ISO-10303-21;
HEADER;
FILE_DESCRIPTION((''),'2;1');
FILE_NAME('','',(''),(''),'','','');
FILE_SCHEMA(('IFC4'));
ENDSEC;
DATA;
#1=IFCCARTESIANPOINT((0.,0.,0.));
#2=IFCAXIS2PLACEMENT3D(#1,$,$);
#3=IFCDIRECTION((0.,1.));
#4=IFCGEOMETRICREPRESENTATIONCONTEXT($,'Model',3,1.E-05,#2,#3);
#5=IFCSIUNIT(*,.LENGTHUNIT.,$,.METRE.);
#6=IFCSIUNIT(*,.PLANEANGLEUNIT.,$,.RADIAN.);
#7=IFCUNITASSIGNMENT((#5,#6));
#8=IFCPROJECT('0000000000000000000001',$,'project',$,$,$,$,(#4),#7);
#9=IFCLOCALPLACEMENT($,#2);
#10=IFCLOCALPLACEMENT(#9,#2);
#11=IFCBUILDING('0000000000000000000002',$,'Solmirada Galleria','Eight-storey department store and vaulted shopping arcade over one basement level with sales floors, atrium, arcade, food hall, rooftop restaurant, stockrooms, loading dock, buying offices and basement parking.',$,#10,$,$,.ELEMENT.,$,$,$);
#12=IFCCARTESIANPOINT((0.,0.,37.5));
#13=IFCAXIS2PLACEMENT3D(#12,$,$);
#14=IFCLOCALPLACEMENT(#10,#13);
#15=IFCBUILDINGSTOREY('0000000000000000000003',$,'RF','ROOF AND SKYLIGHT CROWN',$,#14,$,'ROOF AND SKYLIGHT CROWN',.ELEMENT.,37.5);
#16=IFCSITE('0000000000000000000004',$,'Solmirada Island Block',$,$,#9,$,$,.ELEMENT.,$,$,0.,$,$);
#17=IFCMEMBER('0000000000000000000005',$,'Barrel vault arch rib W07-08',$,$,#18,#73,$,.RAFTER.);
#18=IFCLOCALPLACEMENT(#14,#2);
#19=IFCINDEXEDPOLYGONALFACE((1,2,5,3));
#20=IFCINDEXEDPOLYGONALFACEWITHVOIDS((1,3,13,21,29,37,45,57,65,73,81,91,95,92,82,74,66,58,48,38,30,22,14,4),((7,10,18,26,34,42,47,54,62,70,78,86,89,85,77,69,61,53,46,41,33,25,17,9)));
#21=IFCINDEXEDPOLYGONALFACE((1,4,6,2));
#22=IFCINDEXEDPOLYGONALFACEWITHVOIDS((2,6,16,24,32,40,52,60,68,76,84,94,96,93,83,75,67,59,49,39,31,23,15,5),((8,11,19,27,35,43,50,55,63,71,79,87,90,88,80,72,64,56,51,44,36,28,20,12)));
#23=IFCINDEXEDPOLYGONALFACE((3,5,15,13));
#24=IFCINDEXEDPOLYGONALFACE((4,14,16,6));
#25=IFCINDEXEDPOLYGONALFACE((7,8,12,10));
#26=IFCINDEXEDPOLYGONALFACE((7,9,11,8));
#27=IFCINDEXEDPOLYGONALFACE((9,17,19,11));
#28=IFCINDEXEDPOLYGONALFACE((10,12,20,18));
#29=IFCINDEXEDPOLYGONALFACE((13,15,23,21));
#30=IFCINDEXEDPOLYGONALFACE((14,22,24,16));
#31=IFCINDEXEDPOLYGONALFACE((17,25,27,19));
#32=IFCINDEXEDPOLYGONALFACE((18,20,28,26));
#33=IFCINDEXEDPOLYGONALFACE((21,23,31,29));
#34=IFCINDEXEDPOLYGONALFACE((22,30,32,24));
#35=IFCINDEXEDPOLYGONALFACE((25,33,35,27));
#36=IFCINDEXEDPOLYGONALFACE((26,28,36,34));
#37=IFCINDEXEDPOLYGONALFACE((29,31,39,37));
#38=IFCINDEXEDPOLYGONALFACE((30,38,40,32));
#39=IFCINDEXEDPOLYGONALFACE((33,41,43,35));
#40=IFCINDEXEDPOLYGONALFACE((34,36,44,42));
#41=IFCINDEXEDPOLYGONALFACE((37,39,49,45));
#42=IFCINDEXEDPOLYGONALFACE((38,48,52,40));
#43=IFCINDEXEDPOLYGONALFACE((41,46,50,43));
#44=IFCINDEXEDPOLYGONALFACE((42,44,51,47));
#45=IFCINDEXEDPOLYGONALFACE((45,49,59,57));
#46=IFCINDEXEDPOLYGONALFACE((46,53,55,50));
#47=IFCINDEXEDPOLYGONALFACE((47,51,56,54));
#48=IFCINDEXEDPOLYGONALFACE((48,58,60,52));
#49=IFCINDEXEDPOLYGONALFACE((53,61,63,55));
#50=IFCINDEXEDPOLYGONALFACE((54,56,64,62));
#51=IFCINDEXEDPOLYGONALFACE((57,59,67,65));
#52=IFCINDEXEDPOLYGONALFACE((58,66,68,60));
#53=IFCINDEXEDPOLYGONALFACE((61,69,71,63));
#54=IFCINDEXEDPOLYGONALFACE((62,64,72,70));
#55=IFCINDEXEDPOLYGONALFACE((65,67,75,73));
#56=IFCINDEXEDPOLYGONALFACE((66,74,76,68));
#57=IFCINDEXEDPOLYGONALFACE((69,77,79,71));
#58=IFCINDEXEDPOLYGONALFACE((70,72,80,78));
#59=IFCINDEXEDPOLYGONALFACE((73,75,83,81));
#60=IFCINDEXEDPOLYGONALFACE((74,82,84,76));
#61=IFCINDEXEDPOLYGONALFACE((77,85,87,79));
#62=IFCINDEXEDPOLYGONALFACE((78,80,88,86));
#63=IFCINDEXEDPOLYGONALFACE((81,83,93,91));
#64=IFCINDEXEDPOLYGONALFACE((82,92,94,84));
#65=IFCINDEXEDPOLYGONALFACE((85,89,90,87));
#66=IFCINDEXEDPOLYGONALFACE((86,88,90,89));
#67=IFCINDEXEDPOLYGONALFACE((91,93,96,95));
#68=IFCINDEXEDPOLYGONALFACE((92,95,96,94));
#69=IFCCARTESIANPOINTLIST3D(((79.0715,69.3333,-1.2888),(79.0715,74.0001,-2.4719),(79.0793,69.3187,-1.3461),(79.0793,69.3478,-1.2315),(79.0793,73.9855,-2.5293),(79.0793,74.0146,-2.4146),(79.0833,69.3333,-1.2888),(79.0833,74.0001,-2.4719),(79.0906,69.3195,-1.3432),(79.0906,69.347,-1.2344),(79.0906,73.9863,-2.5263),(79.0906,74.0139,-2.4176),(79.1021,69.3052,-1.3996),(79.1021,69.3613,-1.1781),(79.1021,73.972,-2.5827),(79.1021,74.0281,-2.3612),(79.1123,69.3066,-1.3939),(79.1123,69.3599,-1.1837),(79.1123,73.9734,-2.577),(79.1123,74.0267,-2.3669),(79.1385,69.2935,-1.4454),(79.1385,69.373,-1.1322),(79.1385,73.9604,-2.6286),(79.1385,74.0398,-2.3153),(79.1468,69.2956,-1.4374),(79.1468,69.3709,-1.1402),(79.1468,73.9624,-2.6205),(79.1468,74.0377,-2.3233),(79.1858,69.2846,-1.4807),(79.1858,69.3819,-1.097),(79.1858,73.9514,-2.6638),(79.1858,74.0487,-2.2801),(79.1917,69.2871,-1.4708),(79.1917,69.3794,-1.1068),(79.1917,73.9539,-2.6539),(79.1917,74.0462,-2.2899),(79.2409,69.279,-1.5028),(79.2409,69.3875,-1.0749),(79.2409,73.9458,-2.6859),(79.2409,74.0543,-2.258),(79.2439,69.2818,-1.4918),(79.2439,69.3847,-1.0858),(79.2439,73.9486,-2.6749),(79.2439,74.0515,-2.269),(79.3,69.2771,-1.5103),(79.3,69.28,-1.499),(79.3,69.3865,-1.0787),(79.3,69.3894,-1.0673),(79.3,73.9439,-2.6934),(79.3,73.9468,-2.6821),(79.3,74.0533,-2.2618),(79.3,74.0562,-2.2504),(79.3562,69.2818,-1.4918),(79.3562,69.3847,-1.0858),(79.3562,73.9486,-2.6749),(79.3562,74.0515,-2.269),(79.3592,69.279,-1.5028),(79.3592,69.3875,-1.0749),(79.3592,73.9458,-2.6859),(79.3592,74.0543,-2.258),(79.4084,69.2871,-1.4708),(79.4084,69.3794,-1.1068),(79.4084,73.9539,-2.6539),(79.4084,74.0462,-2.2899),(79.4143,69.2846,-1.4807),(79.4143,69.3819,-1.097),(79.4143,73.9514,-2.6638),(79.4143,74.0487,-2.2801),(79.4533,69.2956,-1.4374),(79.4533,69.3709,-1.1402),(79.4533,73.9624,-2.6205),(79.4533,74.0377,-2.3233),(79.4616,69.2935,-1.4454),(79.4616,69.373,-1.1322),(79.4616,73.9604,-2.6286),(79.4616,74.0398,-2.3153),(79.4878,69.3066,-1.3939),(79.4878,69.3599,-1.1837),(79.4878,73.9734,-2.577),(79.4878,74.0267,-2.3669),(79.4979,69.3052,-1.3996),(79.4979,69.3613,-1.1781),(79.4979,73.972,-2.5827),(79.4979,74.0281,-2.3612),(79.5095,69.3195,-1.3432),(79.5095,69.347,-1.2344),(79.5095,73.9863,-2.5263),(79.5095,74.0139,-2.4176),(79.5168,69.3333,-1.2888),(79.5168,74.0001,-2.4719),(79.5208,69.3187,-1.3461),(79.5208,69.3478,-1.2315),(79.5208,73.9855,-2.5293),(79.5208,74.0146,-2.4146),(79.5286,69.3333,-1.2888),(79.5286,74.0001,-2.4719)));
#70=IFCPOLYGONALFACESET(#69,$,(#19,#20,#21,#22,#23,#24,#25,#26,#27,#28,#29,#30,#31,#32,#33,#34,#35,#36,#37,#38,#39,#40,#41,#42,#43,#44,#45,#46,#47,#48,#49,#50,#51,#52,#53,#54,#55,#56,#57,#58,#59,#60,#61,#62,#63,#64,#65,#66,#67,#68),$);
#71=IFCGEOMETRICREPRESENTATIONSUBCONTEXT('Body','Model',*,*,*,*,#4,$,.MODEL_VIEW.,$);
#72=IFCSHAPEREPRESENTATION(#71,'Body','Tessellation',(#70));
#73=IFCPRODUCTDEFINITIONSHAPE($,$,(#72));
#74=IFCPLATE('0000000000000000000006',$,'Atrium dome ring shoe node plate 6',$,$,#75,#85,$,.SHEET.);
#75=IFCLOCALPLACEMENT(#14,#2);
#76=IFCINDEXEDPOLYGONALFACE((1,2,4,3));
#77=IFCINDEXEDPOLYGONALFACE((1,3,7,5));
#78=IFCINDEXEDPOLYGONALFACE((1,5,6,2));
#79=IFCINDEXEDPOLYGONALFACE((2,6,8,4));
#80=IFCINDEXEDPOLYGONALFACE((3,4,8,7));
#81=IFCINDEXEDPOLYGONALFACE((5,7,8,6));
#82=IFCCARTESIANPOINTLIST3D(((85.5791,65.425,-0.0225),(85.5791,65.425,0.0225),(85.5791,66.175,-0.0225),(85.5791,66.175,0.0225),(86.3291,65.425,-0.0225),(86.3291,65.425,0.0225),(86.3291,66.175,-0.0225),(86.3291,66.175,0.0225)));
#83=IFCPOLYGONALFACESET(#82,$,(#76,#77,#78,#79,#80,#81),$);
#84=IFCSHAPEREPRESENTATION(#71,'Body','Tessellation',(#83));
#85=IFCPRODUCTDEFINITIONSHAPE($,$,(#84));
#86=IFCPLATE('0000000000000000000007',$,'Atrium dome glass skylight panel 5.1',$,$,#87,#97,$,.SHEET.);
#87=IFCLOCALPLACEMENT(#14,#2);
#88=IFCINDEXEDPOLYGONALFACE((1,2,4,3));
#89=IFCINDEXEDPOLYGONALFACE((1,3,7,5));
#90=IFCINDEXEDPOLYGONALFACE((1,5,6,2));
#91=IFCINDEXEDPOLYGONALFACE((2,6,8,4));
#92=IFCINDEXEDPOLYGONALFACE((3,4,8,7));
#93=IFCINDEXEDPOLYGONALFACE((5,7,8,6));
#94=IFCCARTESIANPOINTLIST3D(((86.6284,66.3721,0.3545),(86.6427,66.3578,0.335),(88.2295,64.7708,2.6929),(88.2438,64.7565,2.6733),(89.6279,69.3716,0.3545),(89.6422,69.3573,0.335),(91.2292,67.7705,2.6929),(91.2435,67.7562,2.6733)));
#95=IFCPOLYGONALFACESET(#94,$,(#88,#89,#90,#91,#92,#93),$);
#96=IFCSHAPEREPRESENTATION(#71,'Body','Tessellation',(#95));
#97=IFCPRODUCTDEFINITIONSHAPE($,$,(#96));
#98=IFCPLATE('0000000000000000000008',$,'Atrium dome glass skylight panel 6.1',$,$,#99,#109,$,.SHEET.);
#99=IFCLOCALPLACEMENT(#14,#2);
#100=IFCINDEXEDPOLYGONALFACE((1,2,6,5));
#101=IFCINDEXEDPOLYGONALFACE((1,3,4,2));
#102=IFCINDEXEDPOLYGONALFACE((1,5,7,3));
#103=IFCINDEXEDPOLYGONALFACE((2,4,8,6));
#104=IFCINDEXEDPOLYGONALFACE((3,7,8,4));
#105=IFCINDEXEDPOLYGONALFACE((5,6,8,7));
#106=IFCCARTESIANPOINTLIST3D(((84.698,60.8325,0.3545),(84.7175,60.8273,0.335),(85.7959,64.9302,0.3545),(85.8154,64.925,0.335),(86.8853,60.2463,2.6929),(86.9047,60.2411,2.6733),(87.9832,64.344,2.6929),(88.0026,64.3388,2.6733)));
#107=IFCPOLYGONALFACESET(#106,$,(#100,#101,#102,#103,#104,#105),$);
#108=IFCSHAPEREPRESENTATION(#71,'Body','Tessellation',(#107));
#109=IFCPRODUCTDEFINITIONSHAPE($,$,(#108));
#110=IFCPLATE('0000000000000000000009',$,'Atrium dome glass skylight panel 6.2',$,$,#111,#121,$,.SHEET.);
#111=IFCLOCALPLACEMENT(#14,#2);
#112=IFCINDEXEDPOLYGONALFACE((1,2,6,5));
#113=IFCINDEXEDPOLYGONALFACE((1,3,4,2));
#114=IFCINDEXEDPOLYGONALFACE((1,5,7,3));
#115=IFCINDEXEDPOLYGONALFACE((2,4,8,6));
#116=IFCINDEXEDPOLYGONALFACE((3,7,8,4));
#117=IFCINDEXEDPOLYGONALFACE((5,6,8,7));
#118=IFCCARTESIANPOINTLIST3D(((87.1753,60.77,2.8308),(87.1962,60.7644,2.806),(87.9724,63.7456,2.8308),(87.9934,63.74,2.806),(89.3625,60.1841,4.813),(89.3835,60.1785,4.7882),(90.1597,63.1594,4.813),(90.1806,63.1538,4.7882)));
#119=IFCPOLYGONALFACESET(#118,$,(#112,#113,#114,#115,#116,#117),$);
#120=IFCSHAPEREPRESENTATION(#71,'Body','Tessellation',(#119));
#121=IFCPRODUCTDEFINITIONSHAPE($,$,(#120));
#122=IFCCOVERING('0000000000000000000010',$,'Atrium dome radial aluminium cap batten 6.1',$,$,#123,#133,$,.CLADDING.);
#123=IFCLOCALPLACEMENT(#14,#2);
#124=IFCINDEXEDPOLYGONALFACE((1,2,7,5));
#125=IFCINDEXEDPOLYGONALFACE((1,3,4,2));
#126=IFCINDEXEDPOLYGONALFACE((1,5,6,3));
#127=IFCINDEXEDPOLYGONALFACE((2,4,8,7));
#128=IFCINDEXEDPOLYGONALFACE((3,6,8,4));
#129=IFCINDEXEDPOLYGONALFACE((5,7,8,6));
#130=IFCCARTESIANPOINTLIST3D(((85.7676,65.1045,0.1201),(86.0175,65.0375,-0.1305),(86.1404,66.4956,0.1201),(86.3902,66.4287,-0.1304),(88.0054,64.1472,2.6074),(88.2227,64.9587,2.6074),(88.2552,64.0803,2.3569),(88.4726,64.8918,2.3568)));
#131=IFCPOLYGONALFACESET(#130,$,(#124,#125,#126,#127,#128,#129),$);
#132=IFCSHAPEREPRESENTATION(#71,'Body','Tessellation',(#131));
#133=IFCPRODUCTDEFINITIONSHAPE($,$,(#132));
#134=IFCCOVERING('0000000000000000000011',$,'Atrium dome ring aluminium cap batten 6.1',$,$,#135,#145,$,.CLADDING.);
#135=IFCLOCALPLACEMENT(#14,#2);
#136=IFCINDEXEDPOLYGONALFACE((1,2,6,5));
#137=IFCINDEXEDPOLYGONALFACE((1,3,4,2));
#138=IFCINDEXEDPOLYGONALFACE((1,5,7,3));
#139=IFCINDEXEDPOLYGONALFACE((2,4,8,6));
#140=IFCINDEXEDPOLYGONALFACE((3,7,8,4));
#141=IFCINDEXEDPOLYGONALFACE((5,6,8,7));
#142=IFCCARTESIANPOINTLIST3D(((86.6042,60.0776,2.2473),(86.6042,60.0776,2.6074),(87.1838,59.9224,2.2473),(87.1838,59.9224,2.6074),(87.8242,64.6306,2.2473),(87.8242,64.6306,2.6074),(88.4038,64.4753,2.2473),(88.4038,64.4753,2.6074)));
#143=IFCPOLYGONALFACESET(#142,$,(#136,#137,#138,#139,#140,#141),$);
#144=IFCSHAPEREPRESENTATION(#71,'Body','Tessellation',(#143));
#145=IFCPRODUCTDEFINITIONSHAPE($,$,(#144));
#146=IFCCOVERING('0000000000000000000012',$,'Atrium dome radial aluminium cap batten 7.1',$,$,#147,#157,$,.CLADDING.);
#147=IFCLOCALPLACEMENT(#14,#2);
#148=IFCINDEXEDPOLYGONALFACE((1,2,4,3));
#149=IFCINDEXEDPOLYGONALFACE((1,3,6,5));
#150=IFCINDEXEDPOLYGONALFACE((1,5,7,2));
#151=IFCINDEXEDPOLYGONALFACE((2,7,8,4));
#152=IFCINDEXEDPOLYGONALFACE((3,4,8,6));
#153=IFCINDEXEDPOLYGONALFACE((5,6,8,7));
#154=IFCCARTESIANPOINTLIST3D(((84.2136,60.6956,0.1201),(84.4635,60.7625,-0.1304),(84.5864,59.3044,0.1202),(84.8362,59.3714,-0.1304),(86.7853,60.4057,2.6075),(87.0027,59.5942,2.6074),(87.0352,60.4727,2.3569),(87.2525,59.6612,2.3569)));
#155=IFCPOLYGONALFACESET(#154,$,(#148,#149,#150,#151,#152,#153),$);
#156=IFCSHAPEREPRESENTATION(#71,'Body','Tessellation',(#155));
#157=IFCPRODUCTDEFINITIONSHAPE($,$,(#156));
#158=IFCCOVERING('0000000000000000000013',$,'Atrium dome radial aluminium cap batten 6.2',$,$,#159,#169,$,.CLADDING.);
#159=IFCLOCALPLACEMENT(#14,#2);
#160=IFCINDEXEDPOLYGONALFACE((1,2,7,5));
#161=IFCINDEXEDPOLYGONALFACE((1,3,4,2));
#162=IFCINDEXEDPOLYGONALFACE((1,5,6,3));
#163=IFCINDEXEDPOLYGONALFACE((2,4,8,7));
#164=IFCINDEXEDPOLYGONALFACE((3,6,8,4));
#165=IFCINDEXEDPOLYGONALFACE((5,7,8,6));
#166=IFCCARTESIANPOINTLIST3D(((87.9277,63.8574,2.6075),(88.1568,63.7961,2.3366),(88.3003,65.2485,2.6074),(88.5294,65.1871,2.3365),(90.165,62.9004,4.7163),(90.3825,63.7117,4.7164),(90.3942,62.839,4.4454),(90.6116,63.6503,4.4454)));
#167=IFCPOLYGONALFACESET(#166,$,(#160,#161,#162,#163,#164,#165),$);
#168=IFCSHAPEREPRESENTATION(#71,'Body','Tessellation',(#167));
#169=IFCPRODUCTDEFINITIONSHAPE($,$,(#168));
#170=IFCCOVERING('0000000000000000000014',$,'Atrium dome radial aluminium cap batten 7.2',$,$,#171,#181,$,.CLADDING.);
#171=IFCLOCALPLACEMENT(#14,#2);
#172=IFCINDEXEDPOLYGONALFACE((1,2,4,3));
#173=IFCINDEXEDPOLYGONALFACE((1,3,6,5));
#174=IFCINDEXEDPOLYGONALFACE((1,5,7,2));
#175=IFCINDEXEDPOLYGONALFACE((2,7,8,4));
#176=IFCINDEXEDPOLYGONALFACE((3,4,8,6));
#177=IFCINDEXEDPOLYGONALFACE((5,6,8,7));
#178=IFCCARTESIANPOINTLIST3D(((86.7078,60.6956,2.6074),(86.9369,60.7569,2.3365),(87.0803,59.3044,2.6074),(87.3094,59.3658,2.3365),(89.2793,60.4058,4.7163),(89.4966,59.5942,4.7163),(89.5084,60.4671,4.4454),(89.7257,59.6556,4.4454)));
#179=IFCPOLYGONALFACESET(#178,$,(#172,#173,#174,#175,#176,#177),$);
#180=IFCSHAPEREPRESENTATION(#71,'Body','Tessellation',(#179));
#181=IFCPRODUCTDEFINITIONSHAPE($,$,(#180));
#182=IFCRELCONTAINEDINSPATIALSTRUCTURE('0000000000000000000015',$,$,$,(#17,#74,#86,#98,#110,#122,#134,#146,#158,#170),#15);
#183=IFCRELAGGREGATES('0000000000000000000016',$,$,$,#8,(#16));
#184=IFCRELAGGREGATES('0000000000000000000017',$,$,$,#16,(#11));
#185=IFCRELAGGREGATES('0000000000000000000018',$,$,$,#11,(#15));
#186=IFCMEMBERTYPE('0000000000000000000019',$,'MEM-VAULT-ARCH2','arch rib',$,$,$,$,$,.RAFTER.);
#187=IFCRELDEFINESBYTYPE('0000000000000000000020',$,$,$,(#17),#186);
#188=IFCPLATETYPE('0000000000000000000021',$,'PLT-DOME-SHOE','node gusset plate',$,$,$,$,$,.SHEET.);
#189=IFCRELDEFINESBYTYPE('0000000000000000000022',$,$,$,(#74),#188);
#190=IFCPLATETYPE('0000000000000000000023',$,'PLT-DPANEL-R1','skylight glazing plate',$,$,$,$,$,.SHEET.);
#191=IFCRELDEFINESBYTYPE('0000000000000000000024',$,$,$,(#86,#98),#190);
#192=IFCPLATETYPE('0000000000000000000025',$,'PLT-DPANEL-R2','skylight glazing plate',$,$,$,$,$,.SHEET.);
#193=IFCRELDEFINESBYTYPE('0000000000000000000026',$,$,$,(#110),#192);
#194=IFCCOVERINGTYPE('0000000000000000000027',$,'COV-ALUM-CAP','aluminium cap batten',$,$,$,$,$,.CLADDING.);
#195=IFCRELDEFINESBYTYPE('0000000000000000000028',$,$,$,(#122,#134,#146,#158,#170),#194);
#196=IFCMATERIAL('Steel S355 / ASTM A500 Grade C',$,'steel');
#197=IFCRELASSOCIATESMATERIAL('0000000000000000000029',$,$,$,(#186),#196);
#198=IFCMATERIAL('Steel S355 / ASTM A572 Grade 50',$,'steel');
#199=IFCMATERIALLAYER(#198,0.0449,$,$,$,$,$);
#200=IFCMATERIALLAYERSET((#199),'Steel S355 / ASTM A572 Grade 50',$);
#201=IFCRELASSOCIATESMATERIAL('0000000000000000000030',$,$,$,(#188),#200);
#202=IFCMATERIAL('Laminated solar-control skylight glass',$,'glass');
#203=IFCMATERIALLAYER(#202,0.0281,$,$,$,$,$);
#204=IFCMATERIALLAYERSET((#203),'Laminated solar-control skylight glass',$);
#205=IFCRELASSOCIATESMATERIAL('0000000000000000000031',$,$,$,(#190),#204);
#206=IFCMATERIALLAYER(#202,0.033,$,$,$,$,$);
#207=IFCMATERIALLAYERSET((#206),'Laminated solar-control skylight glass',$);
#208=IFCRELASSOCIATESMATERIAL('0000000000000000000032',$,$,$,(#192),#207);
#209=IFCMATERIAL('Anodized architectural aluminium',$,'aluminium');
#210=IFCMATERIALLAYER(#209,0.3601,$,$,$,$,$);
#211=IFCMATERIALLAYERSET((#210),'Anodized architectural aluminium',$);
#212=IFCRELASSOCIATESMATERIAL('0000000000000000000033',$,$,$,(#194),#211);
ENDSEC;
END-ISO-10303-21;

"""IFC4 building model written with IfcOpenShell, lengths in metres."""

from ifc_helpers import new_model, si_unit, direction, frame, origin, origin_2d, place, context, subcontext, project, spatial, polyline, rectangle, hollow_circle, outline, extrude, material, layer, layer_set, material_profile, profile_set, type_object, element, save


model = new_model("IFC4")

# Units and contexts
model_context = context("Model", 3, precision=1e-05, world=origin(), true_north=direction((0.0, 1.0)))
body_context = subcontext(model_context, "Body", "Model", "MODEL_VIEW")
ifc_project = project(units=[si_unit("LENGTHUNIT", "METRE"), si_unit("PLANEANGLEUNIT", "RADIAN")], contexts=[model_context])

# Site, building, storey
site_placement = place(None, origin())
site = spatial("IfcSite", under=ifc_project, at=site_placement, Name="Solmirada Island Block", CompositionType="ELEMENT", RefElevation=0.0)
building_placement = place(site_placement, origin())
building = spatial("IfcBuilding", under=site, at=building_placement, Name="Solmirada Galleria", Description="Eight-storey department store and vaulted shopping arcade over one basement level with sales floors, atrium, arcade, food hall, rooftop restaurant, stockrooms, loading dock, buying offices and basement parking.", CompositionType="ELEMENT")
storey_placement = place(building_placement, frame((0.0, 0.0, 37.5)))
storey = spatial("IfcBuildingStorey", under=building, at=storey_placement, Name="RF", Description="ROOF AND SKYLIGHT CROWN", LongName="ROOF AND SKYLIGHT CROWN", CompositionType="ELEMENT", Elevation=37.5)

# Member
ifc_material_1 = material(Name="Steel S355 / ASTM A500 Grade C", Category="steel")
ifc_material_profile_1 = material_profile(ifc_material_1, hollow_circle(Radius=0.2285, WallThickness=0.0117, at=origin_2d()), Name="HSS18.000X0.500")
ifc_profile_set_1 = profile_set([ifc_material_profile_1], Name="Steel S355 / ASTM A500 Grade C")
member_type_1 = type_object("IfcMemberType", Name="MEM-VAULT-ARCH2", Description="arch rib", PredefinedType="RAFTER", material=ifc_profile_set_1)
member_1_placement = place(storey_placement, frame((79.3, 69.3333, -1.2888), z_axis=(0.0, 0.969335, -0.245744), x_axis=(-1.0, 0.0, 0.0)))
element("IfcMember", 1, at=member_1_placement, inside=storey, type_object=member_type_1, Name="Barrel vault arch rib W07-08", PredefinedType="RAFTER", context=body_context, shape_type="SweptSolid", body=[
    extrude(hollow_circle(Radius=0.2285, WallThickness=0.0117, at=origin_2d()), origin(), (0.0, 0.0, 1.0), 4.8145),
])

# Plates
ifc_material_2 = material(Name="Steel S355 / ASTM A572 Grade 50", Category="steel")
ifc_layer_1 = layer(ifc_material_2, 0.0449)
ifc_layer_set_1 = layer_set([ifc_layer_1], Name="Steel S355 / ASTM A572 Grade 50")
plate_type_1 = type_object("IfcPlateType", Name="PLT-DOME-SHOE", Description="node gusset plate", PredefinedType="SHEET", material=ifc_layer_set_1)
plate_1_placement = place(storey_placement, frame((85.9541, 65.8, -0.0225), z_axis=(0.0, 0.0, 1.0), x_axis=(1.0, 0.0, 0.0)))
element("IfcPlate", 2, at=plate_1_placement, inside=storey, type_object=plate_type_1, Name="Atrium dome ring shoe node plate 6", PredefinedType="SHEET", context=body_context, shape_type="SweptSolid", body=[
    extrude(rectangle(XDim=0.75, YDim=0.75, at=origin_2d()), origin(), (0.0, 0.0, 1.0), 0.0449),
])
ifc_material_3 = material(Name="Laminated solar-control skylight glass", Category="glass")
ifc_layer_2 = layer(ifc_material_3, 0.0281)
ifc_layer_set_2 = layer_set([ifc_layer_2], Name="Laminated solar-control skylight glass")
plate_type_2 = type_object("IfcPlateType", Name="PLT-DPANEL-R1", Description="skylight glazing plate", PredefinedType="SHEET", material=ifc_layer_set_2)
plate_2_placement = place(storey_placement, frame((89.6279, 69.3716, 0.3545), z_axis=(-0.507967, 0.507967, 0.695657), x_axis=(-0.707107, -0.707107, 0.0)))
element("IfcPlate", 3, at=plate_2_placement, inside=storey, type_object=plate_type_2, Name="Atrium dome glass skylight panel 5.1", PredefinedType="SHEET", context=body_context, shape_type="SweptSolid", body=[
    extrude(outline(polyline([(0.0, 0.0), (4.242, 0.0), (4.2421, 3.2551), (-0.0002, 3.2551), (0.0, 0.0)])), origin(), (0.0, 0.0, -1.0), 0.0281),
])
plate_3_placement = place(storey_placement, frame((85.7959, 64.9302, 0.3545), z_axis=(-0.693897, 0.185919, 0.695658), x_axis=(-0.258805, -0.96593, 0.0)))
element("IfcPlate", 4, at=plate_3_placement, inside=storey, type_object=plate_type_2, Name="Atrium dome glass skylight panel 6.1", PredefinedType="SHEET", context=body_context, shape_type="SweptSolid", body=[
    extrude(outline(polyline([(0.0, 0.0), (4.2422, 0.0), (4.2423, 3.2551), (0.0001, 3.2551), (0.0, 0.0)])), origin(), (0.0, 0.0, -1.0), 0.0281),
])
ifc_layer_3 = layer(ifc_material_3, 0.033)
ifc_layer_set_3 = layer_set([ifc_layer_3], Name="Laminated solar-control skylight glass")
plate_type_3 = type_object("IfcPlateType", Name="PLT-DPANEL-R2", Description="skylight glazing plate", PredefinedType="SHEET", material=ifc_layer_set_3)
plate_4_placement = place(storey_placement, frame((87.9724, 63.7456, 2.8308), z_axis=(-0.636224, 0.170443, 0.752442), x_axis=(-0.258767, -0.96594, 0.000005)))
element("IfcPlate", 5, at=plate_4_placement, inside=storey, type_object=plate_type_3, Name="Atrium dome glass skylight panel 6.2", PredefinedType="SHEET", context=body_context, shape_type="SweptSolid", body=[
    extrude(outline(polyline([(0.0, 0.0), (3.0805, 0.0), (3.0805, 3.0094), (0.0002, 3.0094), (0.0, 0.0)])), origin(), (0.0, 0.0, -1.0), 0.033),
])

# Coverings
ifc_material_4 = material(Name="Anodized architectural aluminium", Category="aluminium")
ifc_layer_4 = layer(ifc_material_4, 0.3601)
ifc_layer_set_4 = layer_set([ifc_layer_4], Name="Anodized architectural aluminium")
covering_type = type_object("IfcCoveringType", Name="COV-ALUM-CAP", Description="aluminium cap batten", PredefinedType="CLADDING", material=ifc_layer_set_4)
covering_1_placement = place(storey_placement, frame((86.1404, 66.4956, 0.1201), z_axis=(-0.693832, 0.185878, 0.695735), x_axis=(-0.258814, -0.965927, -0.000041)))
element("IfcCovering", 6, at=covering_1_placement, inside=storey, type_object=covering_type, Name="Atrium dome radial aluminium cap batten 6.1", PredefinedType="CLADDING", context=body_context, shape_type="SweptSolid", body=[
    extrude(outline(polyline([(0.0, 0.0), (1.4402, 0.0), (1.7856, 3.4629), (0.9455, 3.4627), (0.0, 0.0)])), origin(), (0.0, 0.0, -1.0), 0.3601),
])
covering_2_placement = place(storey_placement, frame((87.8242, 64.6306, 2.6074), z_axis=(0.0, 0.0, 1.0), x_axis=(0.965937, -0.258777, 0.0)))
element("IfcCovering", 7, at=covering_2_placement, inside=storey, type_object=covering_type, Name="Atrium dome ring aluminium cap batten 6.1", PredefinedType="CLADDING", context=body_context, shape_type="SweptSolid", body=[
    extrude(outline(polyline([(0.0, 0.0), (0.6, 0.0), (0.5998, -4.7136), (-0.0002, -4.7136), (0.0, 0.0)])), origin(), (0.0, 0.0, -1.0), 0.3601),
])
covering_3_placement = place(storey_placement, frame((84.2136, 60.6956, 0.1201), z_axis=(-0.693846, -0.185882, 0.695719), x_axis=(0.258814, -0.965927, 0.000041)))
element("IfcCovering", 8, at=covering_3_placement, inside=storey, type_object=covering_type, Name="Atrium dome radial aluminium cap batten 7.1", PredefinedType="CLADDING", context=body_context, shape_type="SweptSolid", body=[
    extrude(outline(polyline([(0.0, 0.0), (1.4402, 0.0), (1.7857, 3.4626), (0.9456, 3.4627), (0.0, 0.0)])), origin(), (0.0, 0.0, -1.0), 0.3601),
])
covering_4_placement = place(storey_placement, frame((88.3003, 65.2485, 2.6074), z_axis=(-0.636254, 0.170472, 0.752409), x_axis=(-0.258742, -0.965946, 0.000054)))
element("IfcCovering", 9, at=covering_4_placement, inside=storey, type_object=covering_type, Name="Atrium dome radial aluminium cap batten 6.2", PredefinedType="CLADDING", context=body_context, shape_type="SweptSolid", body=[
    extrude(outline(polyline([(0.0, 0.0), (1.4401, 0.0), (1.7858, 3.2015), (0.9459, 3.2016), (0.0, 0.0)])), origin(), (0.0, 0.0, -1.0), 0.3601),
])
covering_5_placement = place(storey_placement, frame((86.7078, 60.6956, 2.6074), z_axis=(-0.636263, -0.170385, 0.752422), x_axis=(0.258687, -0.965961, 0.000011)))
element("IfcCovering", 10, at=covering_5_placement, inside=storey, type_object=covering_type, Name="Atrium dome radial aluminium cap batten 7.2", PredefinedType="CLADDING", context=body_context, shape_type="SweptSolid", body=[
    extrude(outline(polyline([(0.0, 0.0), (1.4401, 0.0), (1.7853, 3.2017), (0.9452, 3.2017), (0.0, 0.0)])), origin(), (0.0, 0.0, -1.0), 0.3601),
])

save(model, "model.ifc")
